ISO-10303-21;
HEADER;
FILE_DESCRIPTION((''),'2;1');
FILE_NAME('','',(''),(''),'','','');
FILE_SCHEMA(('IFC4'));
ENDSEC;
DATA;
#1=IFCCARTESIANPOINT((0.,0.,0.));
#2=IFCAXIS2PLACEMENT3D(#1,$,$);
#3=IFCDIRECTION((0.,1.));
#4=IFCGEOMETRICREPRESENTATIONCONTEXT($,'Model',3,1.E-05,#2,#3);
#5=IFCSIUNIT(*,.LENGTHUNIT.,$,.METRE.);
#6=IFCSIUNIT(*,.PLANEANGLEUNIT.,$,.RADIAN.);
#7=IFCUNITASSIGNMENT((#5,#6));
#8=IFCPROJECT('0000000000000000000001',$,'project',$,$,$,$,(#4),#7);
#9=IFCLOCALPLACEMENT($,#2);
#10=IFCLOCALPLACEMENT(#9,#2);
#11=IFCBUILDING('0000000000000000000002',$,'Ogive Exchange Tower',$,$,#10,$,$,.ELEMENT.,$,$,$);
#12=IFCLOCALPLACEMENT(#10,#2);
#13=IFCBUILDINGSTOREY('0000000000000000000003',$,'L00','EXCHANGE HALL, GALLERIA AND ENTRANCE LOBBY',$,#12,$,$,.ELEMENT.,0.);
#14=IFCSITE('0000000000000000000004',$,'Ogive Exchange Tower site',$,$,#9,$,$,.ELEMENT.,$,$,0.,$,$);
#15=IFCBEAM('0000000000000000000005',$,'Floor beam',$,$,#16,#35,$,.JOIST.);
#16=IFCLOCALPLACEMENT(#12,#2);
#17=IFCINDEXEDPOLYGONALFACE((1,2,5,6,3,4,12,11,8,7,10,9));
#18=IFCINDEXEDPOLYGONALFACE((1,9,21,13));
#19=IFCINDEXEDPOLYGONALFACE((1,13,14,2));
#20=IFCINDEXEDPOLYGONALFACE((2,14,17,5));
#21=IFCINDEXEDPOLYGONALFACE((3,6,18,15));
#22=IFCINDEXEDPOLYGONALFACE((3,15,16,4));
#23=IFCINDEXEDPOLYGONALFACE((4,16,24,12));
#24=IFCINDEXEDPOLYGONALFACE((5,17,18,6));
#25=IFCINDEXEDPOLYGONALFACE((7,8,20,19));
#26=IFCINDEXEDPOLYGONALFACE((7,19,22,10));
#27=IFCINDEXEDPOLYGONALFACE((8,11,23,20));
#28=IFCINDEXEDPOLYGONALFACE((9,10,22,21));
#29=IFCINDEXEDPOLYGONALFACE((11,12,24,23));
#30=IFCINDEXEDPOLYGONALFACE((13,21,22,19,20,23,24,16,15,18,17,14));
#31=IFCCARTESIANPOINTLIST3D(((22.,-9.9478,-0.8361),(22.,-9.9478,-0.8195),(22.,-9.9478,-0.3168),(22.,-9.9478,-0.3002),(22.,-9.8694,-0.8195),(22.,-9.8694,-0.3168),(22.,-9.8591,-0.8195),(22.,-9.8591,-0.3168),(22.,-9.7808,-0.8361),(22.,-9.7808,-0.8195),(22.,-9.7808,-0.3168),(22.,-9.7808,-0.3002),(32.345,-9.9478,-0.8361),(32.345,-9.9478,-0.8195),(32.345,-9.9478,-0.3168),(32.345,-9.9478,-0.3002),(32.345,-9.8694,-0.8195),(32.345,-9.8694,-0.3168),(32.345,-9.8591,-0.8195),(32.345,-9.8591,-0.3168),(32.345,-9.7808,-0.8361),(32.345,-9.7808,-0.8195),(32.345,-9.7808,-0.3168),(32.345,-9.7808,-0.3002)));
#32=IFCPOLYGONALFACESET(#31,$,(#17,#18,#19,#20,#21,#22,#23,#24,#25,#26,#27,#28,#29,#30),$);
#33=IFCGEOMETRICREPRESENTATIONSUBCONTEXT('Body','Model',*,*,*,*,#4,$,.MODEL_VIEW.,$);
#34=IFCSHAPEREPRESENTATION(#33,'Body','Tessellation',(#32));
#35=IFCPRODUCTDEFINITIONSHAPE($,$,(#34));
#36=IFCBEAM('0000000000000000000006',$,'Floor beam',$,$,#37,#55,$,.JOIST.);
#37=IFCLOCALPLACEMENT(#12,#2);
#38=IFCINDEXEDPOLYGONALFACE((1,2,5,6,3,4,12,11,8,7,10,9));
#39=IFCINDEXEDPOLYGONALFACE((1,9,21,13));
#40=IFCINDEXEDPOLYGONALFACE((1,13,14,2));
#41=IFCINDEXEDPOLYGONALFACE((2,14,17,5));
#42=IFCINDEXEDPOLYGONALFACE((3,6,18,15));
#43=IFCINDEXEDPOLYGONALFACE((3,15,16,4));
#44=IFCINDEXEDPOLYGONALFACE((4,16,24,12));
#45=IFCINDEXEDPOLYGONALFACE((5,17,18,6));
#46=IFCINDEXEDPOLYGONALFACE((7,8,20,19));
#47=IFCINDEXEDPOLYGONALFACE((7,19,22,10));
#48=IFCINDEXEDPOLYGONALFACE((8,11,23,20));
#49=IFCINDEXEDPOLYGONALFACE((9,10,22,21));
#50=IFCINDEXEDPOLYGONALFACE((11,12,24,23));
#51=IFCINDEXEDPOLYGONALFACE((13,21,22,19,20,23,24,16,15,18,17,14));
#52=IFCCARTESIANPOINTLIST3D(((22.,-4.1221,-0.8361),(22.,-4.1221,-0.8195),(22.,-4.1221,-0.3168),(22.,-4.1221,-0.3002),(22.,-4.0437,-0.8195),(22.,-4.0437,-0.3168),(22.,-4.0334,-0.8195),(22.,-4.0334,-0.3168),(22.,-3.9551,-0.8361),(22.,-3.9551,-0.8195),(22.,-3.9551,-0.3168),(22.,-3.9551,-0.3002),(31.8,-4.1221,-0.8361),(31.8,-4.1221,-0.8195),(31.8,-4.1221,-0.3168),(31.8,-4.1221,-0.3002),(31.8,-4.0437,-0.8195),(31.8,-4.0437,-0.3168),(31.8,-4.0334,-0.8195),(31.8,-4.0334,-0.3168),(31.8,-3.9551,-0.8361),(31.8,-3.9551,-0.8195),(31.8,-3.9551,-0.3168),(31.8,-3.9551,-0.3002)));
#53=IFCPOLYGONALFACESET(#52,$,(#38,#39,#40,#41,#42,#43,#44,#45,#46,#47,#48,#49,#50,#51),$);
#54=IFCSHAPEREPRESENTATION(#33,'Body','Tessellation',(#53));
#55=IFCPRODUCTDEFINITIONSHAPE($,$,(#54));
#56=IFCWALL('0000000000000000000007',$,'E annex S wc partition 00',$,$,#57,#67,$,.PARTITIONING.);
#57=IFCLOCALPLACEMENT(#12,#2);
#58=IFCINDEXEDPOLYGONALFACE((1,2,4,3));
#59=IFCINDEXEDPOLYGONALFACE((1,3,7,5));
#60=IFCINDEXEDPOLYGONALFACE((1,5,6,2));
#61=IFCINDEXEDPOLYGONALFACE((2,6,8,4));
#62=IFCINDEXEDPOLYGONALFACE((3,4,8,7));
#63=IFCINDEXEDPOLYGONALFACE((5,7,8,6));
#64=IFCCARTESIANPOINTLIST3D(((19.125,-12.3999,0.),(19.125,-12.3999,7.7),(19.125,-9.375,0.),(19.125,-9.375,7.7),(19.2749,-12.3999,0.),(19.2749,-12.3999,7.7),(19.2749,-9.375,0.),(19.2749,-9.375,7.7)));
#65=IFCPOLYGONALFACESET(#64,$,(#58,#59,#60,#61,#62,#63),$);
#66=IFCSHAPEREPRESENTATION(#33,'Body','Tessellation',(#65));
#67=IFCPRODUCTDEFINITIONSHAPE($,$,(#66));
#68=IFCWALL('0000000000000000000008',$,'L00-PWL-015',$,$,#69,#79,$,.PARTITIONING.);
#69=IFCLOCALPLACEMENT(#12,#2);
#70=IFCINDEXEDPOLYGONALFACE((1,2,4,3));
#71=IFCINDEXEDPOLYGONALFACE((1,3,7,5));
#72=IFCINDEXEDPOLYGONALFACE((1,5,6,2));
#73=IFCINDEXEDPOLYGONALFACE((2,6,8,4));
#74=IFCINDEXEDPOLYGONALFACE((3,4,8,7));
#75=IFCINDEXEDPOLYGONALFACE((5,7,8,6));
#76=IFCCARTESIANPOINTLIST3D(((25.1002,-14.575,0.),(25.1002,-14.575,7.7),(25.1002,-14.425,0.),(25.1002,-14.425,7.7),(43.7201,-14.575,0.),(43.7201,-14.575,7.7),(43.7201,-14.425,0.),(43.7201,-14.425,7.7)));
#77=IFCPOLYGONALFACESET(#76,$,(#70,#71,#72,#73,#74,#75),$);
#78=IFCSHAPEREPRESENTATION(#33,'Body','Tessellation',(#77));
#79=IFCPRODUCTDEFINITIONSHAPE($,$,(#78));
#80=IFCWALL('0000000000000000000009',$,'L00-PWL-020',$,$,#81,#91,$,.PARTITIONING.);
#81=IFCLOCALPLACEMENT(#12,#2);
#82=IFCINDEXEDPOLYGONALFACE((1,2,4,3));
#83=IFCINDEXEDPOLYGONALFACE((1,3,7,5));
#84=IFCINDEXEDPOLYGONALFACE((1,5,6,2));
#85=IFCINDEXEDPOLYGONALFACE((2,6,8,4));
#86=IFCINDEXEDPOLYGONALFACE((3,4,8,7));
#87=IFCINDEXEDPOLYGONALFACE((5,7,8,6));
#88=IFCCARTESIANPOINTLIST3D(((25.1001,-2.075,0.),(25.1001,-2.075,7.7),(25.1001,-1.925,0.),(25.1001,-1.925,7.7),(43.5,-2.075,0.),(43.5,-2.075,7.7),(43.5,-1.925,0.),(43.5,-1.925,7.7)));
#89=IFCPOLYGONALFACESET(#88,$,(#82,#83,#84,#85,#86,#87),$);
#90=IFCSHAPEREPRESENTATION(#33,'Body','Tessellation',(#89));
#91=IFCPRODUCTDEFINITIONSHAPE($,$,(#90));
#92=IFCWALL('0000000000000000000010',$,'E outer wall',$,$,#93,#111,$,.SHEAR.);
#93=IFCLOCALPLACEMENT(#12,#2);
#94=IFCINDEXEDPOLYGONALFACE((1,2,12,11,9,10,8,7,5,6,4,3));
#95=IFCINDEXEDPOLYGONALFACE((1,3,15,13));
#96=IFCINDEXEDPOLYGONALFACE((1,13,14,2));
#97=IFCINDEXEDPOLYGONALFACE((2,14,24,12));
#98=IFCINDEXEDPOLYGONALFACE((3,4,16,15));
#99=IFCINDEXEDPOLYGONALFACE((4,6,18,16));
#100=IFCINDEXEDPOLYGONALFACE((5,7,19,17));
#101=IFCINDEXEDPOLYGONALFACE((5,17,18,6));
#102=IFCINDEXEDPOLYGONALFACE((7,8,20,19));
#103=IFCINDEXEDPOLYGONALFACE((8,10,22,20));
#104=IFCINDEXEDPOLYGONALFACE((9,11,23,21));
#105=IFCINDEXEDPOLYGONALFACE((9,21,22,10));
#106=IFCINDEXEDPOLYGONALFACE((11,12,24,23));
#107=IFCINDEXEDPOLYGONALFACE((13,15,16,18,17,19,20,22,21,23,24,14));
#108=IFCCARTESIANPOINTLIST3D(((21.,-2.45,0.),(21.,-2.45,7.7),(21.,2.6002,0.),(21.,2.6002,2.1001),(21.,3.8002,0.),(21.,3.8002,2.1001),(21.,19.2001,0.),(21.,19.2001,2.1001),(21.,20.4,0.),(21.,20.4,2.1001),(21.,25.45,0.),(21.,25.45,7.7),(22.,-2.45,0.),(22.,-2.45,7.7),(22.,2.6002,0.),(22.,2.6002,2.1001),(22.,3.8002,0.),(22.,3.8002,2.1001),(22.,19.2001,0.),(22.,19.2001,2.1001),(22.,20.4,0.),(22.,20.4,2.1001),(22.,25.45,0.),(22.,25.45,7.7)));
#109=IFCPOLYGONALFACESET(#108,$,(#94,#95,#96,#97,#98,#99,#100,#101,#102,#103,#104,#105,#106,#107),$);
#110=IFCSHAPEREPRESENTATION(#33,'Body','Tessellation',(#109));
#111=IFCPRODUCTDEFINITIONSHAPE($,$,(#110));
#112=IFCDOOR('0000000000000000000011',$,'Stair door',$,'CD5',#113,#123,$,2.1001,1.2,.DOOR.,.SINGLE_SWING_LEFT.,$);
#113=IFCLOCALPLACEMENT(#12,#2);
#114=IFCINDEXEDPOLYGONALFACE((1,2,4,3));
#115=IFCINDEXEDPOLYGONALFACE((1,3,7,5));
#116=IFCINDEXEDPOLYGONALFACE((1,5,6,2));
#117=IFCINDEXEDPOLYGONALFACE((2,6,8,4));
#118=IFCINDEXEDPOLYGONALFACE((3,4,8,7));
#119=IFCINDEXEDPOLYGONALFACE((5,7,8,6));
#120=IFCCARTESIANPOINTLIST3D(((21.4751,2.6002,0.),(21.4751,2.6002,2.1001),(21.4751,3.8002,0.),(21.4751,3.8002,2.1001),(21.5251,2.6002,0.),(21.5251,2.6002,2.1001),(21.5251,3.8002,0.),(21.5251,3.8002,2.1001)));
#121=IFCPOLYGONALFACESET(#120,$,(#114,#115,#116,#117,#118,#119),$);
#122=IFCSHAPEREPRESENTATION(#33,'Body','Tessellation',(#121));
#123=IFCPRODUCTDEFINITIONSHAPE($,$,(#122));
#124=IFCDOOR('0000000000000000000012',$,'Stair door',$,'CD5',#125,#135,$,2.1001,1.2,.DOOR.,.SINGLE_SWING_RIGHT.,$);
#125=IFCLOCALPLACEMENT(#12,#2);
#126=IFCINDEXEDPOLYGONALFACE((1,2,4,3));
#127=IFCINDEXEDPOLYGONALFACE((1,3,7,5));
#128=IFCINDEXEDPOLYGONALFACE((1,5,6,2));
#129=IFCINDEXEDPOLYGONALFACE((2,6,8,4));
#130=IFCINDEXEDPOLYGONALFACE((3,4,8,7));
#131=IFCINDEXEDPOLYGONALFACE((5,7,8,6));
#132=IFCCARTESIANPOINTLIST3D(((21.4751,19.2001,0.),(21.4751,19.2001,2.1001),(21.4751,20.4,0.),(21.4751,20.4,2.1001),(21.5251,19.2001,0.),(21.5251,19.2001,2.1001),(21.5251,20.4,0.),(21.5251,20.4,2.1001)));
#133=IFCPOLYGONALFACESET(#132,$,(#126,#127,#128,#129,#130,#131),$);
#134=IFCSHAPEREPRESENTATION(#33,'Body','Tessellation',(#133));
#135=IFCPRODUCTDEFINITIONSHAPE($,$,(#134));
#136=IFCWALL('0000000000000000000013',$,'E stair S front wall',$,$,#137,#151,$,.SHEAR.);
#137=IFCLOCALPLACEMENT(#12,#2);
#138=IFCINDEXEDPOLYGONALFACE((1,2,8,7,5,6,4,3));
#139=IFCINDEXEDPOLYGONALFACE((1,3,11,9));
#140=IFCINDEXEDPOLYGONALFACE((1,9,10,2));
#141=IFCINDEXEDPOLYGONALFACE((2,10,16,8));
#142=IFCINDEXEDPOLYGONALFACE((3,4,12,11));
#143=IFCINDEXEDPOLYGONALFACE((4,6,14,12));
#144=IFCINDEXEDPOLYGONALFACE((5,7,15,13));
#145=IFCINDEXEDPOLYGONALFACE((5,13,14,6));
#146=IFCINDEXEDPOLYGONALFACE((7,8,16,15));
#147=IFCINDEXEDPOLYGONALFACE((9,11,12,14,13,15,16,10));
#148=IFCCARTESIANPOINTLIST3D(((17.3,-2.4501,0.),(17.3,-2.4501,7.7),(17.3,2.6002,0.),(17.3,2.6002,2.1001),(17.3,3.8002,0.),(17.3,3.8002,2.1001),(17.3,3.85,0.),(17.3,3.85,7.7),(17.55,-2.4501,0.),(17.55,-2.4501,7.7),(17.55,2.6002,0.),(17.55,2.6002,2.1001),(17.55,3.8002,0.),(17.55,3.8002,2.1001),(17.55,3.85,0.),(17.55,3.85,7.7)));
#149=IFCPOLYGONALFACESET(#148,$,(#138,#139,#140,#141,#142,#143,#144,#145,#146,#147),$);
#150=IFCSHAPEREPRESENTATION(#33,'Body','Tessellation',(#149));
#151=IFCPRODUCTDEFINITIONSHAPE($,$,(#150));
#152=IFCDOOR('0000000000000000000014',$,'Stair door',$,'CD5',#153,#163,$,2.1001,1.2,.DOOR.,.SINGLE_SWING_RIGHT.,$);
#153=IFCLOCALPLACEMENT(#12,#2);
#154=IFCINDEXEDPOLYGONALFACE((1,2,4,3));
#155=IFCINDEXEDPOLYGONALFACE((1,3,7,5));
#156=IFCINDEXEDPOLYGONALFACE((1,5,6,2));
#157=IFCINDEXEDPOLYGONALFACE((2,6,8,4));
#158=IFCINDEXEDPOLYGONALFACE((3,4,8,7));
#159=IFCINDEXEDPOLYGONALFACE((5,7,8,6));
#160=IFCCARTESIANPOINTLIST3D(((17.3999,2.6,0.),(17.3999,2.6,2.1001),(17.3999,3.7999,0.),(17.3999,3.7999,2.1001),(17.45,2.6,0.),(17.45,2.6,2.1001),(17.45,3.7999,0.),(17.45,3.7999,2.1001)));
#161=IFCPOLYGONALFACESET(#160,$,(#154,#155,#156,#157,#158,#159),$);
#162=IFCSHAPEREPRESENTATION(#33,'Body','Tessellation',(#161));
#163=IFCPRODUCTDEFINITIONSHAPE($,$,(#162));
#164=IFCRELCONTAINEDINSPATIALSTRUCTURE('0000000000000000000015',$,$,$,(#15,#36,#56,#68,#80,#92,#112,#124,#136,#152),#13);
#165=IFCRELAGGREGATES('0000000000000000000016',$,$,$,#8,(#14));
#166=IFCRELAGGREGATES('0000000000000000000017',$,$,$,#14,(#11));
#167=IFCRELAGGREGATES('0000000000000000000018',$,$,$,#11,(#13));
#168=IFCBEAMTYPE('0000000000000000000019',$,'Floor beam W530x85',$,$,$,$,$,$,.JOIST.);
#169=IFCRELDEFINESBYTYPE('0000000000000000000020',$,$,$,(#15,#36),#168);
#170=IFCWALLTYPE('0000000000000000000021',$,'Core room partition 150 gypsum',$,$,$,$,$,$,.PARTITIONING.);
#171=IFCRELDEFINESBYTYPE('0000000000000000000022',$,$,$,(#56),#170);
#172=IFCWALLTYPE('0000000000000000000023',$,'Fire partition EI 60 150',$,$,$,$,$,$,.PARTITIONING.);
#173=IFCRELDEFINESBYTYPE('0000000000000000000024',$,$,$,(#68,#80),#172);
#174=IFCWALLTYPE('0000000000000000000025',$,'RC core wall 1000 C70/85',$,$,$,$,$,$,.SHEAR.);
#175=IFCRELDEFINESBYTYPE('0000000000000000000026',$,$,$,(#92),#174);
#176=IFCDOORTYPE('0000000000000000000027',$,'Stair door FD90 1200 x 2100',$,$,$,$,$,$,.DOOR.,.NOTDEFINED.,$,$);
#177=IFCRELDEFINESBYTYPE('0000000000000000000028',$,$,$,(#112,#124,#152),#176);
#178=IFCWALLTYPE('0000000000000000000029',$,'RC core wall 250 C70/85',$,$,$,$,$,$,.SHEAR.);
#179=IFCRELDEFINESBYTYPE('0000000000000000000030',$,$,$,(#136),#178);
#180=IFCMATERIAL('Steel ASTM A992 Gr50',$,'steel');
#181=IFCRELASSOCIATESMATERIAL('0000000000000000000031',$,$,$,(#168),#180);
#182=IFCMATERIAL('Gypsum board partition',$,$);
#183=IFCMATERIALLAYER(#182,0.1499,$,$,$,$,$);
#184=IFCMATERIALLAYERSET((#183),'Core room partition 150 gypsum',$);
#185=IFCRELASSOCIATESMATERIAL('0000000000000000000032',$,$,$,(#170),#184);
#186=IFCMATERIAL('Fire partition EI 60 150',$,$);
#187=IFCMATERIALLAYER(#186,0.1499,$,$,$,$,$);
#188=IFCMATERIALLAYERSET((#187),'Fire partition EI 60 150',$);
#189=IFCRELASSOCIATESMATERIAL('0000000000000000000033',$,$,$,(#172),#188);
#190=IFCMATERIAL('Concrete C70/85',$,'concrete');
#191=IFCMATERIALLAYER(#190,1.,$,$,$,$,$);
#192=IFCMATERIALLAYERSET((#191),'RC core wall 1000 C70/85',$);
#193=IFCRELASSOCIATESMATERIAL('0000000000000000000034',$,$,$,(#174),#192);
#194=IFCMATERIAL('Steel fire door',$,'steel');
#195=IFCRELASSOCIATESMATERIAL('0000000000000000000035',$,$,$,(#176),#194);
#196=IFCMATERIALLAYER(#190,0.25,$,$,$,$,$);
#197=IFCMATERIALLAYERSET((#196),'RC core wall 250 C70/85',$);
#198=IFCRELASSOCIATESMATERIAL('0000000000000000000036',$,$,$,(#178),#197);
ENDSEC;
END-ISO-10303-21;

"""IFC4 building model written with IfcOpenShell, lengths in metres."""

from ifc_helpers import new_model, si_unit, direction, frame, frame_2d, origin, origin_2d, place, context, subcontext, project, spatial, rectangle, i_section, extrude, material, layer, layer_set, material_profile, profile_set, type_object, element, fill, save


model = new_model("IFC4")

# Units and contexts
model_context = context("Model", 3, precision=1e-05, world=origin(), true_north=direction((0.0, 1.0)))
body_context = subcontext(model_context, "Body", "Model", "MODEL_VIEW")
ifc_project = project(units=[si_unit("LENGTHUNIT", "METRE"), si_unit("PLANEANGLEUNIT", "RADIAN")], contexts=[model_context])

# Site, building, storey
site_placement = place(None, origin())
site = spatial("IfcSite", under=ifc_project, at=site_placement, Name="Ogive Exchange Tower site", CompositionType="ELEMENT", RefElevation=0.0)
building_placement = place(site_placement, origin())
building = spatial("IfcBuilding", under=site, at=building_placement, Name="Ogive Exchange Tower", CompositionType="ELEMENT")
storey_placement = place(building_placement, origin())
storey = spatial("IfcBuildingStorey", under=building, at=storey_placement, Name="L00", Description="EXCHANGE HALL, GALLERIA AND ENTRANCE LOBBY", CompositionType="ELEMENT", Elevation=0.0)

# Beams
ifc_material_1 = material(Name="Steel ASTM A992 Gr50", Category="steel")
ifc_material_profile = material_profile(ifc_material_1, i_section(OverallWidth=0.167, OverallDepth=0.5359, WebThickness=0.0103, FlangeThickness=0.0166, at=origin_2d()), Name="W530x85")
ifc_profile_set = profile_set([ifc_material_profile], Name="Steel ASTM A992 Gr50")
beam_type = type_object("IfcBeamType", Name="Floor beam W530x85", PredefinedType="JOIST", material=ifc_profile_set)
beam_1_placement = place(storey_placement, frame((22.0, -9.8643, -0.5681), z_axis=(1.0, 0.0, 0.0), x_axis=(0.0, 1.0, 0.0)))
element("IfcBeam", 1, at=beam_1_placement, inside=storey, type_object=beam_type, Name="Floor beam", PredefinedType="JOIST", context=body_context, shape_type="SweptSolid", body=[
    extrude(i_section(OverallWidth=0.167, OverallDepth=0.5359, WebThickness=0.0103, FlangeThickness=0.0166, at=origin_2d()), origin(), (0.0, 0.0, 1.0), 10.345),
])
beam_2_placement = place(storey_placement, frame((22.0, -4.0386, -0.5681), z_axis=(1.0, 0.0, 0.0), x_axis=(0.0, 1.0, 0.0)))
element("IfcBeam", 2, at=beam_2_placement, inside=storey, type_object=beam_type, Name="Floor beam", PredefinedType="JOIST", context=body_context, shape_type="SweptSolid", body=[
    extrude(i_section(OverallWidth=0.167, OverallDepth=0.5359, WebThickness=0.0103, FlangeThickness=0.0166, at=origin_2d()), origin(), (0.0, 0.0, 1.0), 9.8),
])

# Walls
ifc_material_2 = material(Name="Gypsum board partition")
ifc_layer_1 = layer(ifc_material_2, 0.1499)
ifc_layer_set_1 = layer_set([ifc_layer_1], Name="Core room partition 150 gypsum")
wall_type_1 = type_object("IfcWallType", Name="Core room partition 150 gypsum", PredefinedType="PARTITIONING", material=ifc_layer_set_1)
wall_1_placement = place(storey_placement, frame((19.2, -12.3999, 0.0), z_axis=(0.0, 0.0, 1.0), x_axis=(0.0, 1.0, 0.0)))
element("IfcWall", 3, at=wall_1_placement, inside=storey, type_object=wall_type_1, Name="E annex S wc partition 00", PredefinedType="PARTITIONING", context=body_context, shape_type="SweptSolid", body=[
    extrude(rectangle(XDim=3.0249, YDim=0.1499, at=frame_2d((1.5125, 0.0))), origin(), (0.0, 0.0, 1.0), 7.7),
])
ifc_material_3 = material(Name="Fire partition EI 60 150")
ifc_layer_2 = layer(ifc_material_3, 0.1499)
ifc_layer_set_2 = layer_set([ifc_layer_2], Name="Fire partition EI 60 150")
wall_type_2 = type_object("IfcWallType", Name="Fire partition EI 60 150", PredefinedType="PARTITIONING", material=ifc_layer_set_2)
wall_2_placement = place(storey_placement, frame((25.1001, -14.5, 0.0), z_axis=(0.0, 0.0, 1.0), x_axis=(1.0, 0.0, 0.0)))
element("IfcWall", 4, at=wall_2_placement, inside=storey, type_object=wall_type_2, Name="L00-PWL-015", PredefinedType="PARTITIONING", context=body_context, shape_type="SweptSolid", body=[
    extrude(rectangle(XDim=18.6199, YDim=0.1499, at=frame_2d((9.3101, 0.0))), origin(), (0.0, 0.0, 1.0), 7.7),
])
wall_3_placement = place(storey_placement, frame((25.1001, -2.0, 0.0), z_axis=(0.0, 0.0, 1.0), x_axis=(1.0, 0.0, 0.0)))
element("IfcWall", 5, at=wall_3_placement, inside=storey, type_object=wall_type_2, Name="L00-PWL-020", PredefinedType="PARTITIONING", context=body_context, shape_type="SweptSolid", body=[
    extrude(rectangle(XDim=18.3999, YDim=0.1499, at=frame_2d((9.2, 0.0))), origin(), (0.0, 0.0, 1.0), 7.7),
])

# Wall, openings, doors
ifc_material_4 = material(Name="Concrete C70/85", Category="concrete")
ifc_layer_3 = layer(ifc_material_4, 1.0)
ifc_layer_set_3 = layer_set([ifc_layer_3], Name="RC core wall 1000 C70/85")
wall_type_3 = type_object("IfcWallType", Name="RC core wall 1000 C70/85", PredefinedType="SHEAR", material=ifc_layer_set_3)
wall_4_placement = place(storey_placement, frame((21.5, -2.45, 0.0), z_axis=(0.0, 0.0, 1.0), x_axis=(0.0, 1.0, 0.0)))
wall_4 = element("IfcWall", 6, at=wall_4_placement, inside=storey, type_object=wall_type_3, Name="E outer wall", PredefinedType="SHEAR", context=body_context, shape_type="SweptSolid", body=[
    extrude(rectangle(XDim=27.8999, YDim=1.0, at=frame_2d((13.95, 0.0))), origin(), (0.0, 0.0, 1.0), 7.7),
])
opening_1_placement = place(wall_4_placement, frame((5.05, 0.0, 0.0)))
opening_1 = element("IfcOpeningElement", 7, at=opening_1_placement, cuts=wall_4, PredefinedType="OPENING", context=body_context, shape_type="SweptSolid", body=[
    extrude(rectangle(XDim=1.2, YDim=2.1001, at=frame_2d((0.6001, 1.05))), frame((0.0, 0.51, 0.0), z_axis=(0.0, -1.0, 0.0), x_axis=(1.0, 0.0, 0.0)), (0.0, 0.0, 1.0), 1.02),
])
opening_2_placement = place(wall_4_placement, frame((21.6499, 0.0, 0.0)))
opening_2 = element("IfcOpeningElement", 8, at=opening_2_placement, cuts=wall_4, PredefinedType="OPENING", context=body_context, shape_type="SweptSolid", body=[
    extrude(rectangle(XDim=1.2, YDim=2.1001, at=frame_2d((0.6001, 1.05))), frame((0.0, 0.51, 0.0), z_axis=(0.0, -1.0, 0.0), x_axis=(1.0, 0.0, 0.0)), (0.0, 0.0, 1.0), 1.02),
])
ifc_material_5 = material(Name="Steel fire door", Category="steel")
door_type_1 = type_object("IfcDoorType", Name="Stair door FD90 1200 x 2100", OperationType="NOTDEFINED", PredefinedType="DOOR", material=ifc_material_5)
door_1_placement = place(opening_1_placement, origin())
door_1 = element("IfcDoor", 9, at=door_1_placement, inside=storey, type_object=door_type_1, Name="Stair door", ObjectType="CD5", OperationType="SINGLE_SWING_LEFT", OverallHeight=2.1001, OverallWidth=1.2, PredefinedType="DOOR", context=body_context, shape_type="SweptSolid", body=[
    extrude(rectangle(XDim=1.2, YDim=2.1001, at=frame_2d((0.6001, 1.05))), frame((0.0, 0.0249, 0.0), z_axis=(0.0, -1.0, 0.0), x_axis=(1.0, 0.0, 0.0)), (0.0, 0.0, 1.0), 0.05),
])
fill(opening_1, door_1)
door_2_placement = place(opening_2_placement, origin())
door_2 = element("IfcDoor", 10, at=door_2_placement, inside=storey, type_object=door_type_1, Name="Stair door", ObjectType="CD5", OperationType="SINGLE_SWING_RIGHT", OverallHeight=2.1001, OverallWidth=1.2, PredefinedType="DOOR", context=body_context, shape_type="SweptSolid", body=[
    extrude(rectangle(XDim=1.2, YDim=2.1001, at=frame_2d((0.6001, 1.05))), frame((0.0, 0.0249, 0.0), z_axis=(0.0, -1.0, 0.0), x_axis=(1.0, 0.0, 0.0)), (0.0, 0.0, 1.0), 0.05),
])
fill(opening_2, door_2)

# Wall, opening, door
ifc_layer_4 = layer(ifc_material_4, 0.25)
ifc_layer_set_4 = layer_set([ifc_layer_4], Name="RC core wall 250 C70/85")
wall_type_4 = type_object("IfcWallType", Name="RC core wall 250 C70/85", PredefinedType="SHEAR", material=ifc_layer_set_4)
wall_5_placement = place(storey_placement, frame((17.425, -2.45, 0.0), z_axis=(0.0, 0.0, 1.0), x_axis=(0.0, 1.0, 0.0)))
wall_5 = element("IfcWall", 11, at=wall_5_placement, inside=storey, type_object=wall_type_4, Name="E stair S front wall", PredefinedType="SHEAR", context=body_context, shape_type="SweptSolid", body=[
    extrude(rectangle(XDim=6.3, YDim=0.25, at=frame_2d((3.1499, 0.0))), origin(), (0.0, 0.0, 1.0), 7.7),
])
opening_3_placement = place(wall_5_placement, frame((5.05, 0.0, 0.0)))
opening_3 = element("IfcOpeningElement", 12, at=opening_3_placement, cuts=wall_5, PredefinedType="OPENING", context=body_context, shape_type="SweptSolid", body=[
    extrude(rectangle(XDim=1.2, YDim=2.1001, at=frame_2d((0.6001, 1.05))), frame((0.0, 0.135, 0.0), z_axis=(0.0, -1.0, 0.0), x_axis=(1.0, 0.0, 0.0)), (0.0, 0.0, 1.0), 0.27),
])
door_3_placement = place(opening_3_placement, frame((1.2, 0.0, 0.0), z_axis=(0.0, 0.0, 1.0), x_axis=(-1.0, 0.0, 0.0)))
door_3 = element("IfcDoor", 13, at=door_3_placement, inside=storey, type_object=door_type_1, Name="Stair door", ObjectType="CD5", OperationType="SINGLE_SWING_RIGHT", OverallHeight=2.1001, OverallWidth=1.2, PredefinedType="DOOR", context=body_context, shape_type="SweptSolid", body=[
    extrude(rectangle(XDim=1.2, YDim=2.1001, at=frame_2d((0.6001, 1.05))), frame((0.0, 0.0249, 0.0), z_axis=(0.0, -1.0, 0.0), x_axis=(1.0, 0.0, 0.0)), (0.0, 0.0, 1.0), 0.05),
])
fill(opening_3, door_3)

save(model, "model.ifc")
